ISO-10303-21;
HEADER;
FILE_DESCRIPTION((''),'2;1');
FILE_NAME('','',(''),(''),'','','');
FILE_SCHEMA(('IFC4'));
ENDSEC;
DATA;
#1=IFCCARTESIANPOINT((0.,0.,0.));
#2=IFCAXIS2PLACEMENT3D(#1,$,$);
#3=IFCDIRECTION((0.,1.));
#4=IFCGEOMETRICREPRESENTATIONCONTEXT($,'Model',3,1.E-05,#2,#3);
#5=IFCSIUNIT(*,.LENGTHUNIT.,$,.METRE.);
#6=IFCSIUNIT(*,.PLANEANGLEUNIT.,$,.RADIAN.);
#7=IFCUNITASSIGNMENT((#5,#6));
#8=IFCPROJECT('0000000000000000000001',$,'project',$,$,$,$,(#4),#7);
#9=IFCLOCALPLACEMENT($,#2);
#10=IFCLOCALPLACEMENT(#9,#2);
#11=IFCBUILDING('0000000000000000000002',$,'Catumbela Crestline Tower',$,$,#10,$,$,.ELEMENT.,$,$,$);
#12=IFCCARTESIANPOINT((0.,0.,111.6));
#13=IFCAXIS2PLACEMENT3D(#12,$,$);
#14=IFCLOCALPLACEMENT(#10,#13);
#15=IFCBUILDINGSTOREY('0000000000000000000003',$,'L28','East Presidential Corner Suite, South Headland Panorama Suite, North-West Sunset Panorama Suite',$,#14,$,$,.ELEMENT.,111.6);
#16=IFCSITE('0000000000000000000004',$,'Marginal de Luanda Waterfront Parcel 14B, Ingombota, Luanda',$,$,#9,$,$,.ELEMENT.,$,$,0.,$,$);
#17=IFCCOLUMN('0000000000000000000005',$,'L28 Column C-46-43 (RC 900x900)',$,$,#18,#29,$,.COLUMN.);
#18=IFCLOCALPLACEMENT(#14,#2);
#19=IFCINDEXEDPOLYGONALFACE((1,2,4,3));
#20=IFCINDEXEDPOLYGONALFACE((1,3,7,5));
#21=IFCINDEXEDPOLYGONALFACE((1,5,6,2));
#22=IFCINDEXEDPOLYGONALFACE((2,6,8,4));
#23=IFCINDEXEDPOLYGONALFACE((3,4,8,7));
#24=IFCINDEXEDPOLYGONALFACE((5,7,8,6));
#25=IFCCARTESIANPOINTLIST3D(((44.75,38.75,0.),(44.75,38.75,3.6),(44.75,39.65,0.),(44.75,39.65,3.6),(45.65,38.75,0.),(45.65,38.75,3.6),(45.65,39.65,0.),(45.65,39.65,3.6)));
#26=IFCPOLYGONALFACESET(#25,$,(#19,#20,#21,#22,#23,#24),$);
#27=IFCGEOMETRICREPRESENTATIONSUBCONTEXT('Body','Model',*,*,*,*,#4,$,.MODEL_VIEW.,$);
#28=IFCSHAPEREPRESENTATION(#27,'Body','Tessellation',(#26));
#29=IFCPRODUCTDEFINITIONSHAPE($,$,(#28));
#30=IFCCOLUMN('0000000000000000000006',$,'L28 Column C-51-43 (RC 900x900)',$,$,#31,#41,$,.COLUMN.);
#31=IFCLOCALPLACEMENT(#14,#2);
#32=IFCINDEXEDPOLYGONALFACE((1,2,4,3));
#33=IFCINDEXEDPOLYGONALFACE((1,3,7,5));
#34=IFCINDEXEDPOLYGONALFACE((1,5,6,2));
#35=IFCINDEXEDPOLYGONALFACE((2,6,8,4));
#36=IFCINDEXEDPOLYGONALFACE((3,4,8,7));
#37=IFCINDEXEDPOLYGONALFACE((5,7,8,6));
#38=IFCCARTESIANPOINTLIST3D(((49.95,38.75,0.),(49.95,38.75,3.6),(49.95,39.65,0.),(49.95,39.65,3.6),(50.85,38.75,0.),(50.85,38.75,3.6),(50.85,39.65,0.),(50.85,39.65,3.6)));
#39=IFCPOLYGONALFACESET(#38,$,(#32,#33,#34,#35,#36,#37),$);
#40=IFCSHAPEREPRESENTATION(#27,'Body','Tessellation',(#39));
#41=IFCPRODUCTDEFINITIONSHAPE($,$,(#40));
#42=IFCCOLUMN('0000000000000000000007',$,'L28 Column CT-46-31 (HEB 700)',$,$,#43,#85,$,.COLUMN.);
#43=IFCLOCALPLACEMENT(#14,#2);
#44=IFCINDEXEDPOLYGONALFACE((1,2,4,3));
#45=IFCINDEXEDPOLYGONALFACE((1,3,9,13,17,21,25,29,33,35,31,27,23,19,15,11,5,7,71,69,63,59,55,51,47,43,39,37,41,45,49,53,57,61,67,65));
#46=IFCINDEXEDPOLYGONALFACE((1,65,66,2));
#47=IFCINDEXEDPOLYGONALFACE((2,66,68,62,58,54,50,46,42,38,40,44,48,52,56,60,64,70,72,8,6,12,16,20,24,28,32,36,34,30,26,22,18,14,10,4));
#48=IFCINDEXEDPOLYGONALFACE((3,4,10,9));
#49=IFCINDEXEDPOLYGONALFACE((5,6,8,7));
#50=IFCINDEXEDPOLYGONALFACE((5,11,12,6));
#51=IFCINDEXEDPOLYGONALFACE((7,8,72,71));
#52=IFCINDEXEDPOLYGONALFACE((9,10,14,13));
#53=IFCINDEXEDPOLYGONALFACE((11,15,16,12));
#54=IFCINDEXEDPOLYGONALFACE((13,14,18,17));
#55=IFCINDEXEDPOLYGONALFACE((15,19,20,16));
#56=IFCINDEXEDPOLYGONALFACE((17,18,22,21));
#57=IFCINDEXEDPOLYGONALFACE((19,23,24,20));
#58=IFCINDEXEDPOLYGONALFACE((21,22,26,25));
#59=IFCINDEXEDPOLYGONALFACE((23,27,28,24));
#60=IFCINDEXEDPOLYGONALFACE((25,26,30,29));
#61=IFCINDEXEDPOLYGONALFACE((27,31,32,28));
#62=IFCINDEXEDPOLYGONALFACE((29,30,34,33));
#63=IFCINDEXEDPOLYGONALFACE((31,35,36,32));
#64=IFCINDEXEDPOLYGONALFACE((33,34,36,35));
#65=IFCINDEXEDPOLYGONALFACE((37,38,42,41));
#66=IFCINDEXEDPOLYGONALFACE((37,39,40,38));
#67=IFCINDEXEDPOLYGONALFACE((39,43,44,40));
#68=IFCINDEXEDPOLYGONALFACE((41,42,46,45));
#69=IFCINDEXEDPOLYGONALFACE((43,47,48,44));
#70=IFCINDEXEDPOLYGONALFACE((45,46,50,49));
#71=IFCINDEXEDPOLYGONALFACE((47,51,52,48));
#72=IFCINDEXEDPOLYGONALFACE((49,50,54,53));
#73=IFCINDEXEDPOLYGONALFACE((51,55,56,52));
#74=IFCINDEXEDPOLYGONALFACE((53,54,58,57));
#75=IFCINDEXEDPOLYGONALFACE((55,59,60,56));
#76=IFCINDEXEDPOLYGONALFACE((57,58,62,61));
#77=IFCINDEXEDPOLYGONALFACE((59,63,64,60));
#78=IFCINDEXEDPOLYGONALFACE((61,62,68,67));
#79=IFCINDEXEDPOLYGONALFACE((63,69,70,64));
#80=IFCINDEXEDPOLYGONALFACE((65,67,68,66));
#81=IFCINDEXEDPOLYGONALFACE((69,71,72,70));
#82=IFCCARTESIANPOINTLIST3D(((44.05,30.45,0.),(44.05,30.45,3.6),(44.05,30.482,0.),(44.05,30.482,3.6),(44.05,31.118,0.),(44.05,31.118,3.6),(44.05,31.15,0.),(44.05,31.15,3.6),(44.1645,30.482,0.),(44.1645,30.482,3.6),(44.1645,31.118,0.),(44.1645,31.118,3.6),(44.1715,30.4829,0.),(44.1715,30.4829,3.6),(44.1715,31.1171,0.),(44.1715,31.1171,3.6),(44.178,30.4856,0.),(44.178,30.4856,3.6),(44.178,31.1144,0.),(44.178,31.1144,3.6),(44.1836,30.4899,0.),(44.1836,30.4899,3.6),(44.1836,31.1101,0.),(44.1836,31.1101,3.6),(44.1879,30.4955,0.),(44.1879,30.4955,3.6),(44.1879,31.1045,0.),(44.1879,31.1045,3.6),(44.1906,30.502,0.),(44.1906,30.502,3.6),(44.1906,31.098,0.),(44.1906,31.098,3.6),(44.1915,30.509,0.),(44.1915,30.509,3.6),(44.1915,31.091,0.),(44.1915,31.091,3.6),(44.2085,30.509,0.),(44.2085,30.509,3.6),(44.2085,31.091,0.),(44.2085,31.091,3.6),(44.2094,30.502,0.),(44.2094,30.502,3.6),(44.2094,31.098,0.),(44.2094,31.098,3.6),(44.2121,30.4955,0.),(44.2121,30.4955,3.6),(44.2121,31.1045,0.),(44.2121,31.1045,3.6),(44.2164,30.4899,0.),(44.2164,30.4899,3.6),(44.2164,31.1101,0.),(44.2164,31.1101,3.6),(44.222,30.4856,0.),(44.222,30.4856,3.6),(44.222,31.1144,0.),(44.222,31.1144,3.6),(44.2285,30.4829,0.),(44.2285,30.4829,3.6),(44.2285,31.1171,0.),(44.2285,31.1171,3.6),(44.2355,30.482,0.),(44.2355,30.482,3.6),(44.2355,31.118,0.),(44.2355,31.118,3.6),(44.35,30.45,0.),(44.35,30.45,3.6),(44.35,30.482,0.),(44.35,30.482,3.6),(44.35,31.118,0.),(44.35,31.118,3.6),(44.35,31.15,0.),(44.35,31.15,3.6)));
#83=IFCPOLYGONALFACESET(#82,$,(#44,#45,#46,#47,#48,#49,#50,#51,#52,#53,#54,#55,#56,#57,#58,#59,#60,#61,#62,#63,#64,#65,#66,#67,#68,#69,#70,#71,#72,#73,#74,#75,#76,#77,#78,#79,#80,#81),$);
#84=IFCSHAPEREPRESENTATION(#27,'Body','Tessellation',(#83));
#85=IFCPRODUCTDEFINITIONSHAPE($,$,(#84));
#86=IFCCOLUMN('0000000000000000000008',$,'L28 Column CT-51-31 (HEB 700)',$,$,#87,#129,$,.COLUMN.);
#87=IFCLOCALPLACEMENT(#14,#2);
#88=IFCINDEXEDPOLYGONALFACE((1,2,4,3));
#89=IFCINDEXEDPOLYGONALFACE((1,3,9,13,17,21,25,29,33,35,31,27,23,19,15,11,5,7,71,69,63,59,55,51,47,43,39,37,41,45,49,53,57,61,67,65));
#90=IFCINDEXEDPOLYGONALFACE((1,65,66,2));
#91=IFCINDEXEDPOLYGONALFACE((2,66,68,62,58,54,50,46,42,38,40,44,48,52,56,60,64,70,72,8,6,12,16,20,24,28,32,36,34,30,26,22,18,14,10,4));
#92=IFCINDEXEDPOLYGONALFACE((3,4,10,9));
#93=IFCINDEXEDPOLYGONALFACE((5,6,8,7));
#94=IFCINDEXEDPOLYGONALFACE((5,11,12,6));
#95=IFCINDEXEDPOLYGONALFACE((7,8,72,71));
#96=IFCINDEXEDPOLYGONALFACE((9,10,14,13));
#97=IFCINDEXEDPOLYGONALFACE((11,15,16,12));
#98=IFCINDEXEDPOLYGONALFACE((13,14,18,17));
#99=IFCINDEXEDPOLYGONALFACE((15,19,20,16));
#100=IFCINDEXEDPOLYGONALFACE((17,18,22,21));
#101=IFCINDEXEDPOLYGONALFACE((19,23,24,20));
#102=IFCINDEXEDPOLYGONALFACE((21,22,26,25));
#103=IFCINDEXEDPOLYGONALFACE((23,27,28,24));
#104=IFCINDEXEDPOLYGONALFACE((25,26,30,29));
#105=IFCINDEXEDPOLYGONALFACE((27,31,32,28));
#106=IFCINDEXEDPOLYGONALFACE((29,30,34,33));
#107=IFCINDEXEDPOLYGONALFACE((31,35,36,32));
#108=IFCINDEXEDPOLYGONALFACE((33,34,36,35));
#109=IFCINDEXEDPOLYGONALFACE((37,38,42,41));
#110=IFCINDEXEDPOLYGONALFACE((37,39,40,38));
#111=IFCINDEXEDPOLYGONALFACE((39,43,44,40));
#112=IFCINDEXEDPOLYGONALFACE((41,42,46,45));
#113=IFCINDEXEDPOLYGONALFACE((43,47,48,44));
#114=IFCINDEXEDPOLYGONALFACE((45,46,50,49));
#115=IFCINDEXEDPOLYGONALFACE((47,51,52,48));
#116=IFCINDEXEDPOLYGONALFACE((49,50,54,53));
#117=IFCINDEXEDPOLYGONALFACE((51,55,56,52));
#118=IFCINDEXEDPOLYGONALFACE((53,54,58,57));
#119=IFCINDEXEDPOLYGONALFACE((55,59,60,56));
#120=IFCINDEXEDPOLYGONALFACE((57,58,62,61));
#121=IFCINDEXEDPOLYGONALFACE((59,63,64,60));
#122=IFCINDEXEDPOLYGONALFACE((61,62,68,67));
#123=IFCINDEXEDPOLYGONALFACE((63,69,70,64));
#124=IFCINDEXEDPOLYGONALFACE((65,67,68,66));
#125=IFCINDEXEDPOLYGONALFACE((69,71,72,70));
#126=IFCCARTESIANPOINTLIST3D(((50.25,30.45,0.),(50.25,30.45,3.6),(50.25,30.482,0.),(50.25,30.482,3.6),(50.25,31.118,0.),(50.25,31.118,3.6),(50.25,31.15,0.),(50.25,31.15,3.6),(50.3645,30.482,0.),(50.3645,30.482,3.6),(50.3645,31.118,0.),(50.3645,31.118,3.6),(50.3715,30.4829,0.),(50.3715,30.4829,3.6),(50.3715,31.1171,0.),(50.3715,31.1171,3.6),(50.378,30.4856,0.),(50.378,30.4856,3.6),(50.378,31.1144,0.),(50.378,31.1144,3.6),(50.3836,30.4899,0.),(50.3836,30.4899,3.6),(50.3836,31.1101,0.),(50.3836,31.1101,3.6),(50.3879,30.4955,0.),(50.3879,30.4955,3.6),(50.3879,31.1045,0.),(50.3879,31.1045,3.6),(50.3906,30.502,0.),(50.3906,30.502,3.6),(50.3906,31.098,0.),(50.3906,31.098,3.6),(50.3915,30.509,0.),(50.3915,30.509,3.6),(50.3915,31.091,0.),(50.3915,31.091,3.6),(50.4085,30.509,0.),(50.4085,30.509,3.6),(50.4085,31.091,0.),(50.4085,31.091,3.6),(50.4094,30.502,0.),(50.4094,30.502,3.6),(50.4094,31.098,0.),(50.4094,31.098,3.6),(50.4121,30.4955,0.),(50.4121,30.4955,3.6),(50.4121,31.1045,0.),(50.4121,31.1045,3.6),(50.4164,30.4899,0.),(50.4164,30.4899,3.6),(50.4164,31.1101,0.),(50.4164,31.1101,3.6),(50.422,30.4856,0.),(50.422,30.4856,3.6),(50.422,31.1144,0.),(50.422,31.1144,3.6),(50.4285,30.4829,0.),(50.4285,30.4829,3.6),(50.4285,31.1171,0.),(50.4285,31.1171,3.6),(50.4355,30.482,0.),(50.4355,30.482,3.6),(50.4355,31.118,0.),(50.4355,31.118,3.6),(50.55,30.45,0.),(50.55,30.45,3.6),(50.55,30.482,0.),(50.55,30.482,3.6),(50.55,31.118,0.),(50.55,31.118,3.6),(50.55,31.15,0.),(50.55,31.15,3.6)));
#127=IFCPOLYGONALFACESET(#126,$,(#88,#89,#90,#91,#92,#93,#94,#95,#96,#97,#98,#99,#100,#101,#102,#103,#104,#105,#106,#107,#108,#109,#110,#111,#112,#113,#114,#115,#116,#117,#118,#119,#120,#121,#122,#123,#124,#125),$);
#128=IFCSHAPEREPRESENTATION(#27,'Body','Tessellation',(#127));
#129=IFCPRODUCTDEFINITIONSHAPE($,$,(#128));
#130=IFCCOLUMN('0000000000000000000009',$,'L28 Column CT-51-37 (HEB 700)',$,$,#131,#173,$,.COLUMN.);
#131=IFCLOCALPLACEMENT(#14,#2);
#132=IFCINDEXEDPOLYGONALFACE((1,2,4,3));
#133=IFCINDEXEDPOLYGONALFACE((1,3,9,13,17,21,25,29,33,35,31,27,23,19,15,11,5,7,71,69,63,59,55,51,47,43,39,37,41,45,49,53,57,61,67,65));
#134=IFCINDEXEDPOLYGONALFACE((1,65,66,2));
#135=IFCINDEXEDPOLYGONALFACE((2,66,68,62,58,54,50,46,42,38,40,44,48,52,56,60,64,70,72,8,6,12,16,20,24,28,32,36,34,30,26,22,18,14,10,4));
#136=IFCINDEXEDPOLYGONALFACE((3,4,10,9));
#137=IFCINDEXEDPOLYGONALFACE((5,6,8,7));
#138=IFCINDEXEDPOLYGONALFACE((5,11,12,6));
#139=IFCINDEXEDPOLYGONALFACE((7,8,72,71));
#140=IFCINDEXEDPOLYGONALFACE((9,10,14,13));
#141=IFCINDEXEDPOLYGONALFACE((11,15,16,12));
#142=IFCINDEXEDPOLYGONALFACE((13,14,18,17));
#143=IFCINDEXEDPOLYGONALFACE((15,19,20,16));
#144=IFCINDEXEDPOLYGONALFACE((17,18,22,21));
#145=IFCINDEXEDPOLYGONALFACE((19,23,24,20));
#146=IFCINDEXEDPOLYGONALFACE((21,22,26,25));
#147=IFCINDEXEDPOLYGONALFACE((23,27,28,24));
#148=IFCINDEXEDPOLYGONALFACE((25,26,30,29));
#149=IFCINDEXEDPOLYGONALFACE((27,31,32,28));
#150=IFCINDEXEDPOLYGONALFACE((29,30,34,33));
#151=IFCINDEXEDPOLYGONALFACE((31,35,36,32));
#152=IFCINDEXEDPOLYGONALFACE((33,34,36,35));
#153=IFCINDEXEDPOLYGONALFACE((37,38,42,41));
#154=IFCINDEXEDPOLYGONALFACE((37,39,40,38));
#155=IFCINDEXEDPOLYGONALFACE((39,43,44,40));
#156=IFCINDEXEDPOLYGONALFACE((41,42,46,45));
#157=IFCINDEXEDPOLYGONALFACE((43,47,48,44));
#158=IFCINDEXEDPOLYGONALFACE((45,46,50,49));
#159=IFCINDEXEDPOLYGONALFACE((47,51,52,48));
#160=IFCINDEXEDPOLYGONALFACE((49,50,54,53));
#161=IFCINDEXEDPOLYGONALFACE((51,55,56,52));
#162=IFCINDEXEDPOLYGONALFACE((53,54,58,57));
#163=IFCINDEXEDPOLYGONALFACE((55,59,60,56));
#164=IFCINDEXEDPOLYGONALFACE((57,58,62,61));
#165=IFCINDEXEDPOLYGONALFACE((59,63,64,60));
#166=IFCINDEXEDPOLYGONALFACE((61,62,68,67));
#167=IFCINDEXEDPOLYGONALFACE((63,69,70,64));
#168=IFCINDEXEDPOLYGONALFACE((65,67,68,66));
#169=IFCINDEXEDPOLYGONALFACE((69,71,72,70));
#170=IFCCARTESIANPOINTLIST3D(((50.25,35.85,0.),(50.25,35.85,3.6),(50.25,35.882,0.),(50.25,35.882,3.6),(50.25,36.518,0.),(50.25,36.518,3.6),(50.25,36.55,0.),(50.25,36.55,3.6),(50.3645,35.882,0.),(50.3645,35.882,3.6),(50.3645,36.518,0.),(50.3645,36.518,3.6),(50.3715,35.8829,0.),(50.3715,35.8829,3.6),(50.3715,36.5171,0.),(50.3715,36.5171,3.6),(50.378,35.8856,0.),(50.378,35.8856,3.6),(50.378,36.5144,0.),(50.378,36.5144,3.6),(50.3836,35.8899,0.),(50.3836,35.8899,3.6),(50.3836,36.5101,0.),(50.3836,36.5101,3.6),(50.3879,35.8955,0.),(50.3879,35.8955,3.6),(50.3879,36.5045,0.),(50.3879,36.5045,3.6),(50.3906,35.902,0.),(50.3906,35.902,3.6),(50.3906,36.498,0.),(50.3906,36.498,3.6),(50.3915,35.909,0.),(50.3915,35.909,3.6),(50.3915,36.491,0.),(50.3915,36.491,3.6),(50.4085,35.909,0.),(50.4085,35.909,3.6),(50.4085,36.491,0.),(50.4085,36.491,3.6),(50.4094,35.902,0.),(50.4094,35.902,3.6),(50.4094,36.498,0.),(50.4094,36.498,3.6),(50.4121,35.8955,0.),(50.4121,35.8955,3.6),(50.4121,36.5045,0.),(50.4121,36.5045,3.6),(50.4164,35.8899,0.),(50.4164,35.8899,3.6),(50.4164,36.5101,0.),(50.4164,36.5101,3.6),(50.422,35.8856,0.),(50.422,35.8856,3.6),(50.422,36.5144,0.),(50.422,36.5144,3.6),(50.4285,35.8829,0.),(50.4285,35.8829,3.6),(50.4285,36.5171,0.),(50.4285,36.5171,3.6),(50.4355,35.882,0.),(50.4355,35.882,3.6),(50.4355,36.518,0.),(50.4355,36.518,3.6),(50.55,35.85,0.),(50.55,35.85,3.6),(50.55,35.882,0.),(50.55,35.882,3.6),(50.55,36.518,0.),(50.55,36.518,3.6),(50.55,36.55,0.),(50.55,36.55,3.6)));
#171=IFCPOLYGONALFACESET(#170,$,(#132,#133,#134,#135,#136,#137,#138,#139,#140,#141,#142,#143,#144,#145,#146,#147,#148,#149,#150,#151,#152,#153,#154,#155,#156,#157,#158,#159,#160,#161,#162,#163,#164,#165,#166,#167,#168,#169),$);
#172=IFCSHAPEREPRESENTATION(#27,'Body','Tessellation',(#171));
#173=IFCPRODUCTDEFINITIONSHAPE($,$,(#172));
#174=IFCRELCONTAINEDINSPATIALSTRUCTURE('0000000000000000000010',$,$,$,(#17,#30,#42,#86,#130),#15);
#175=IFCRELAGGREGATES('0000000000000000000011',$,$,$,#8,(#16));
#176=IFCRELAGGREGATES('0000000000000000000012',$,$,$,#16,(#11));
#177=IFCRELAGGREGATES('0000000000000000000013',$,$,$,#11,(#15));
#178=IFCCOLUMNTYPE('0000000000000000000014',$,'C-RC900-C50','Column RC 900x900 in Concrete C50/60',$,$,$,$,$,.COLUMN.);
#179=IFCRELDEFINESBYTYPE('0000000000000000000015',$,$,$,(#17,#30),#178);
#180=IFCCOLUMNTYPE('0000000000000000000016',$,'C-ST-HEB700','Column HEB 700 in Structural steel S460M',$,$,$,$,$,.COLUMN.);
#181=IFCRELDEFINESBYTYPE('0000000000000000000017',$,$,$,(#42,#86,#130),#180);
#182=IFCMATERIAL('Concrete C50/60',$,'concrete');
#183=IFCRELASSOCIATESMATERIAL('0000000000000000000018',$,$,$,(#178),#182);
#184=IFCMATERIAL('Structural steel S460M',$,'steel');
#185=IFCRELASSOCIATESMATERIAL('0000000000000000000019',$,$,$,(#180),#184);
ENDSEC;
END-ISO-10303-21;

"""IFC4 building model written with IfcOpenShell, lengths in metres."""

from ifc_helpers import new_model, si_unit, direction, frame, origin, origin_2d, place, context, subcontext, project, spatial, rectangle, i_section, extrude, material, material_profile, profile_set, type_object, element, save


model = new_model("IFC4")

# Units and contexts
model_context = context("Model", 3, precision=1e-05, world=origin(), true_north=direction((0.0, 1.0)))
body_context = subcontext(model_context, "Body", "Model", "MODEL_VIEW")
ifc_project = project(units=[si_unit("LENGTHUNIT", "METRE"), si_unit("PLANEANGLEUNIT", "RADIAN")], contexts=[model_context])

# Site, building, storey
site_placement = place(None, origin())
site = spatial("IfcSite", under=ifc_project, at=site_placement, Name="Marginal de Luanda Waterfront Parcel 14B, Ingombota, Luanda", CompositionType="ELEMENT", RefElevation=0.0)
building_placement = place(site_placement, origin())
building = spatial("IfcBuilding", under=site, at=building_placement, Name="Catumbela Crestline Tower", CompositionType="ELEMENT")
storey_placement = place(building_placement, frame((0.0, 0.0, 111.6)))
storey = spatial("IfcBuildingStorey", under=building, at=storey_placement, Name="L28", Description="East Presidential Corner Suite, South Headland Panorama Suite, North-West Sunset Panorama Suite", CompositionType="ELEMENT", Elevation=111.6)

# Columns
ifc_material_1 = material(Name="Concrete C50/60", Category="concrete")
ifc_material_profile_1 = material_profile(ifc_material_1, rectangle(XDim=0.9, YDim=0.9, at=origin_2d()), Name="RC 900x900")
ifc_profile_set_1 = profile_set([ifc_material_profile_1], Name="Concrete C50/60")
column_type_1 = type_object("IfcColumnType", Name="C-RC900-C50", Description="Column RC 900x900 in Concrete C50/60", PredefinedType="COLUMN", material=ifc_profile_set_1)
for number, where, z_axis, x_axis, name in (
    (1, (45.2, 39.2, 0.0), (0.0, 0.0, 1.0), (1.0, 0.0, 0.0), "L28 Column C-46-43 (RC 900x900)"),
    (2, (50.4, 39.2, 0.0), (0.0, 0.0, 1.0), (1.0, 0.0, 0.0), "L28 Column C-51-43 (RC 900x900)"),
):
    element("IfcColumn", number, at=place(storey_placement, frame(where, z_axis=z_axis, x_axis=x_axis)), inside=storey, type_object=column_type_1, Name=name, PredefinedType="COLUMN", context=body_context, shape_type="SweptSolid", body=[
        extrude(rectangle(XDim=0.9, YDim=0.9, at=origin_2d()), origin(), (0.0, 0.0, 1.0), 3.6),
    ])
ifc_material_2 = material(Name="Structural steel S460M", Category="steel")
ifc_material_profile_2 = material_profile(ifc_material_2, i_section(OverallWidth=0.3, OverallDepth=0.7, WebThickness=0.017, FlangeThickness=0.032, FilletRadius=0.027, at=origin_2d()), Name="HEB 700")
ifc_profile_set_2 = profile_set([ifc_material_profile_2], Name="Structural steel S460M")
column_type_2 = type_object("IfcColumnType", Name="C-ST-HEB700", Description="Column HEB 700 in Structural steel S460M", PredefinedType="COLUMN", material=ifc_profile_set_2)
for number, where, z_axis, x_axis, name in (
    (3, (44.2, 30.8, 0.0), (0.0, 0.0, 1.0), (1.0, 0.0, 0.0), "L28 Column CT-46-31 (HEB 700)"),
    (4, (50.4, 30.8, 0.0), (0.0, 0.0, 1.0), (1.0, 0.0, 0.0), "L28 Column CT-51-31 (HEB 700)"),
    (5, (50.4, 36.2, 0.0), (0.0, 0.0, 1.0), (1.0, 0.0, 0.0), "L28 Column CT-51-37 (HEB 700)"),
):
    element("IfcColumn", number, at=place(storey_placement, frame(where, z_axis=z_axis, x_axis=x_axis)), inside=storey, type_object=column_type_2, Name=name, PredefinedType="COLUMN", context=body_context, shape_type="SweptSolid", body=[
        extrude(i_section(OverallWidth=0.3, OverallDepth=0.7, WebThickness=0.017, FlangeThickness=0.032, FilletRadius=0.027, at=origin_2d()), origin(), (0.0, 0.0, 1.0), 3.6),
    ])

save(model, "model.ifc")
